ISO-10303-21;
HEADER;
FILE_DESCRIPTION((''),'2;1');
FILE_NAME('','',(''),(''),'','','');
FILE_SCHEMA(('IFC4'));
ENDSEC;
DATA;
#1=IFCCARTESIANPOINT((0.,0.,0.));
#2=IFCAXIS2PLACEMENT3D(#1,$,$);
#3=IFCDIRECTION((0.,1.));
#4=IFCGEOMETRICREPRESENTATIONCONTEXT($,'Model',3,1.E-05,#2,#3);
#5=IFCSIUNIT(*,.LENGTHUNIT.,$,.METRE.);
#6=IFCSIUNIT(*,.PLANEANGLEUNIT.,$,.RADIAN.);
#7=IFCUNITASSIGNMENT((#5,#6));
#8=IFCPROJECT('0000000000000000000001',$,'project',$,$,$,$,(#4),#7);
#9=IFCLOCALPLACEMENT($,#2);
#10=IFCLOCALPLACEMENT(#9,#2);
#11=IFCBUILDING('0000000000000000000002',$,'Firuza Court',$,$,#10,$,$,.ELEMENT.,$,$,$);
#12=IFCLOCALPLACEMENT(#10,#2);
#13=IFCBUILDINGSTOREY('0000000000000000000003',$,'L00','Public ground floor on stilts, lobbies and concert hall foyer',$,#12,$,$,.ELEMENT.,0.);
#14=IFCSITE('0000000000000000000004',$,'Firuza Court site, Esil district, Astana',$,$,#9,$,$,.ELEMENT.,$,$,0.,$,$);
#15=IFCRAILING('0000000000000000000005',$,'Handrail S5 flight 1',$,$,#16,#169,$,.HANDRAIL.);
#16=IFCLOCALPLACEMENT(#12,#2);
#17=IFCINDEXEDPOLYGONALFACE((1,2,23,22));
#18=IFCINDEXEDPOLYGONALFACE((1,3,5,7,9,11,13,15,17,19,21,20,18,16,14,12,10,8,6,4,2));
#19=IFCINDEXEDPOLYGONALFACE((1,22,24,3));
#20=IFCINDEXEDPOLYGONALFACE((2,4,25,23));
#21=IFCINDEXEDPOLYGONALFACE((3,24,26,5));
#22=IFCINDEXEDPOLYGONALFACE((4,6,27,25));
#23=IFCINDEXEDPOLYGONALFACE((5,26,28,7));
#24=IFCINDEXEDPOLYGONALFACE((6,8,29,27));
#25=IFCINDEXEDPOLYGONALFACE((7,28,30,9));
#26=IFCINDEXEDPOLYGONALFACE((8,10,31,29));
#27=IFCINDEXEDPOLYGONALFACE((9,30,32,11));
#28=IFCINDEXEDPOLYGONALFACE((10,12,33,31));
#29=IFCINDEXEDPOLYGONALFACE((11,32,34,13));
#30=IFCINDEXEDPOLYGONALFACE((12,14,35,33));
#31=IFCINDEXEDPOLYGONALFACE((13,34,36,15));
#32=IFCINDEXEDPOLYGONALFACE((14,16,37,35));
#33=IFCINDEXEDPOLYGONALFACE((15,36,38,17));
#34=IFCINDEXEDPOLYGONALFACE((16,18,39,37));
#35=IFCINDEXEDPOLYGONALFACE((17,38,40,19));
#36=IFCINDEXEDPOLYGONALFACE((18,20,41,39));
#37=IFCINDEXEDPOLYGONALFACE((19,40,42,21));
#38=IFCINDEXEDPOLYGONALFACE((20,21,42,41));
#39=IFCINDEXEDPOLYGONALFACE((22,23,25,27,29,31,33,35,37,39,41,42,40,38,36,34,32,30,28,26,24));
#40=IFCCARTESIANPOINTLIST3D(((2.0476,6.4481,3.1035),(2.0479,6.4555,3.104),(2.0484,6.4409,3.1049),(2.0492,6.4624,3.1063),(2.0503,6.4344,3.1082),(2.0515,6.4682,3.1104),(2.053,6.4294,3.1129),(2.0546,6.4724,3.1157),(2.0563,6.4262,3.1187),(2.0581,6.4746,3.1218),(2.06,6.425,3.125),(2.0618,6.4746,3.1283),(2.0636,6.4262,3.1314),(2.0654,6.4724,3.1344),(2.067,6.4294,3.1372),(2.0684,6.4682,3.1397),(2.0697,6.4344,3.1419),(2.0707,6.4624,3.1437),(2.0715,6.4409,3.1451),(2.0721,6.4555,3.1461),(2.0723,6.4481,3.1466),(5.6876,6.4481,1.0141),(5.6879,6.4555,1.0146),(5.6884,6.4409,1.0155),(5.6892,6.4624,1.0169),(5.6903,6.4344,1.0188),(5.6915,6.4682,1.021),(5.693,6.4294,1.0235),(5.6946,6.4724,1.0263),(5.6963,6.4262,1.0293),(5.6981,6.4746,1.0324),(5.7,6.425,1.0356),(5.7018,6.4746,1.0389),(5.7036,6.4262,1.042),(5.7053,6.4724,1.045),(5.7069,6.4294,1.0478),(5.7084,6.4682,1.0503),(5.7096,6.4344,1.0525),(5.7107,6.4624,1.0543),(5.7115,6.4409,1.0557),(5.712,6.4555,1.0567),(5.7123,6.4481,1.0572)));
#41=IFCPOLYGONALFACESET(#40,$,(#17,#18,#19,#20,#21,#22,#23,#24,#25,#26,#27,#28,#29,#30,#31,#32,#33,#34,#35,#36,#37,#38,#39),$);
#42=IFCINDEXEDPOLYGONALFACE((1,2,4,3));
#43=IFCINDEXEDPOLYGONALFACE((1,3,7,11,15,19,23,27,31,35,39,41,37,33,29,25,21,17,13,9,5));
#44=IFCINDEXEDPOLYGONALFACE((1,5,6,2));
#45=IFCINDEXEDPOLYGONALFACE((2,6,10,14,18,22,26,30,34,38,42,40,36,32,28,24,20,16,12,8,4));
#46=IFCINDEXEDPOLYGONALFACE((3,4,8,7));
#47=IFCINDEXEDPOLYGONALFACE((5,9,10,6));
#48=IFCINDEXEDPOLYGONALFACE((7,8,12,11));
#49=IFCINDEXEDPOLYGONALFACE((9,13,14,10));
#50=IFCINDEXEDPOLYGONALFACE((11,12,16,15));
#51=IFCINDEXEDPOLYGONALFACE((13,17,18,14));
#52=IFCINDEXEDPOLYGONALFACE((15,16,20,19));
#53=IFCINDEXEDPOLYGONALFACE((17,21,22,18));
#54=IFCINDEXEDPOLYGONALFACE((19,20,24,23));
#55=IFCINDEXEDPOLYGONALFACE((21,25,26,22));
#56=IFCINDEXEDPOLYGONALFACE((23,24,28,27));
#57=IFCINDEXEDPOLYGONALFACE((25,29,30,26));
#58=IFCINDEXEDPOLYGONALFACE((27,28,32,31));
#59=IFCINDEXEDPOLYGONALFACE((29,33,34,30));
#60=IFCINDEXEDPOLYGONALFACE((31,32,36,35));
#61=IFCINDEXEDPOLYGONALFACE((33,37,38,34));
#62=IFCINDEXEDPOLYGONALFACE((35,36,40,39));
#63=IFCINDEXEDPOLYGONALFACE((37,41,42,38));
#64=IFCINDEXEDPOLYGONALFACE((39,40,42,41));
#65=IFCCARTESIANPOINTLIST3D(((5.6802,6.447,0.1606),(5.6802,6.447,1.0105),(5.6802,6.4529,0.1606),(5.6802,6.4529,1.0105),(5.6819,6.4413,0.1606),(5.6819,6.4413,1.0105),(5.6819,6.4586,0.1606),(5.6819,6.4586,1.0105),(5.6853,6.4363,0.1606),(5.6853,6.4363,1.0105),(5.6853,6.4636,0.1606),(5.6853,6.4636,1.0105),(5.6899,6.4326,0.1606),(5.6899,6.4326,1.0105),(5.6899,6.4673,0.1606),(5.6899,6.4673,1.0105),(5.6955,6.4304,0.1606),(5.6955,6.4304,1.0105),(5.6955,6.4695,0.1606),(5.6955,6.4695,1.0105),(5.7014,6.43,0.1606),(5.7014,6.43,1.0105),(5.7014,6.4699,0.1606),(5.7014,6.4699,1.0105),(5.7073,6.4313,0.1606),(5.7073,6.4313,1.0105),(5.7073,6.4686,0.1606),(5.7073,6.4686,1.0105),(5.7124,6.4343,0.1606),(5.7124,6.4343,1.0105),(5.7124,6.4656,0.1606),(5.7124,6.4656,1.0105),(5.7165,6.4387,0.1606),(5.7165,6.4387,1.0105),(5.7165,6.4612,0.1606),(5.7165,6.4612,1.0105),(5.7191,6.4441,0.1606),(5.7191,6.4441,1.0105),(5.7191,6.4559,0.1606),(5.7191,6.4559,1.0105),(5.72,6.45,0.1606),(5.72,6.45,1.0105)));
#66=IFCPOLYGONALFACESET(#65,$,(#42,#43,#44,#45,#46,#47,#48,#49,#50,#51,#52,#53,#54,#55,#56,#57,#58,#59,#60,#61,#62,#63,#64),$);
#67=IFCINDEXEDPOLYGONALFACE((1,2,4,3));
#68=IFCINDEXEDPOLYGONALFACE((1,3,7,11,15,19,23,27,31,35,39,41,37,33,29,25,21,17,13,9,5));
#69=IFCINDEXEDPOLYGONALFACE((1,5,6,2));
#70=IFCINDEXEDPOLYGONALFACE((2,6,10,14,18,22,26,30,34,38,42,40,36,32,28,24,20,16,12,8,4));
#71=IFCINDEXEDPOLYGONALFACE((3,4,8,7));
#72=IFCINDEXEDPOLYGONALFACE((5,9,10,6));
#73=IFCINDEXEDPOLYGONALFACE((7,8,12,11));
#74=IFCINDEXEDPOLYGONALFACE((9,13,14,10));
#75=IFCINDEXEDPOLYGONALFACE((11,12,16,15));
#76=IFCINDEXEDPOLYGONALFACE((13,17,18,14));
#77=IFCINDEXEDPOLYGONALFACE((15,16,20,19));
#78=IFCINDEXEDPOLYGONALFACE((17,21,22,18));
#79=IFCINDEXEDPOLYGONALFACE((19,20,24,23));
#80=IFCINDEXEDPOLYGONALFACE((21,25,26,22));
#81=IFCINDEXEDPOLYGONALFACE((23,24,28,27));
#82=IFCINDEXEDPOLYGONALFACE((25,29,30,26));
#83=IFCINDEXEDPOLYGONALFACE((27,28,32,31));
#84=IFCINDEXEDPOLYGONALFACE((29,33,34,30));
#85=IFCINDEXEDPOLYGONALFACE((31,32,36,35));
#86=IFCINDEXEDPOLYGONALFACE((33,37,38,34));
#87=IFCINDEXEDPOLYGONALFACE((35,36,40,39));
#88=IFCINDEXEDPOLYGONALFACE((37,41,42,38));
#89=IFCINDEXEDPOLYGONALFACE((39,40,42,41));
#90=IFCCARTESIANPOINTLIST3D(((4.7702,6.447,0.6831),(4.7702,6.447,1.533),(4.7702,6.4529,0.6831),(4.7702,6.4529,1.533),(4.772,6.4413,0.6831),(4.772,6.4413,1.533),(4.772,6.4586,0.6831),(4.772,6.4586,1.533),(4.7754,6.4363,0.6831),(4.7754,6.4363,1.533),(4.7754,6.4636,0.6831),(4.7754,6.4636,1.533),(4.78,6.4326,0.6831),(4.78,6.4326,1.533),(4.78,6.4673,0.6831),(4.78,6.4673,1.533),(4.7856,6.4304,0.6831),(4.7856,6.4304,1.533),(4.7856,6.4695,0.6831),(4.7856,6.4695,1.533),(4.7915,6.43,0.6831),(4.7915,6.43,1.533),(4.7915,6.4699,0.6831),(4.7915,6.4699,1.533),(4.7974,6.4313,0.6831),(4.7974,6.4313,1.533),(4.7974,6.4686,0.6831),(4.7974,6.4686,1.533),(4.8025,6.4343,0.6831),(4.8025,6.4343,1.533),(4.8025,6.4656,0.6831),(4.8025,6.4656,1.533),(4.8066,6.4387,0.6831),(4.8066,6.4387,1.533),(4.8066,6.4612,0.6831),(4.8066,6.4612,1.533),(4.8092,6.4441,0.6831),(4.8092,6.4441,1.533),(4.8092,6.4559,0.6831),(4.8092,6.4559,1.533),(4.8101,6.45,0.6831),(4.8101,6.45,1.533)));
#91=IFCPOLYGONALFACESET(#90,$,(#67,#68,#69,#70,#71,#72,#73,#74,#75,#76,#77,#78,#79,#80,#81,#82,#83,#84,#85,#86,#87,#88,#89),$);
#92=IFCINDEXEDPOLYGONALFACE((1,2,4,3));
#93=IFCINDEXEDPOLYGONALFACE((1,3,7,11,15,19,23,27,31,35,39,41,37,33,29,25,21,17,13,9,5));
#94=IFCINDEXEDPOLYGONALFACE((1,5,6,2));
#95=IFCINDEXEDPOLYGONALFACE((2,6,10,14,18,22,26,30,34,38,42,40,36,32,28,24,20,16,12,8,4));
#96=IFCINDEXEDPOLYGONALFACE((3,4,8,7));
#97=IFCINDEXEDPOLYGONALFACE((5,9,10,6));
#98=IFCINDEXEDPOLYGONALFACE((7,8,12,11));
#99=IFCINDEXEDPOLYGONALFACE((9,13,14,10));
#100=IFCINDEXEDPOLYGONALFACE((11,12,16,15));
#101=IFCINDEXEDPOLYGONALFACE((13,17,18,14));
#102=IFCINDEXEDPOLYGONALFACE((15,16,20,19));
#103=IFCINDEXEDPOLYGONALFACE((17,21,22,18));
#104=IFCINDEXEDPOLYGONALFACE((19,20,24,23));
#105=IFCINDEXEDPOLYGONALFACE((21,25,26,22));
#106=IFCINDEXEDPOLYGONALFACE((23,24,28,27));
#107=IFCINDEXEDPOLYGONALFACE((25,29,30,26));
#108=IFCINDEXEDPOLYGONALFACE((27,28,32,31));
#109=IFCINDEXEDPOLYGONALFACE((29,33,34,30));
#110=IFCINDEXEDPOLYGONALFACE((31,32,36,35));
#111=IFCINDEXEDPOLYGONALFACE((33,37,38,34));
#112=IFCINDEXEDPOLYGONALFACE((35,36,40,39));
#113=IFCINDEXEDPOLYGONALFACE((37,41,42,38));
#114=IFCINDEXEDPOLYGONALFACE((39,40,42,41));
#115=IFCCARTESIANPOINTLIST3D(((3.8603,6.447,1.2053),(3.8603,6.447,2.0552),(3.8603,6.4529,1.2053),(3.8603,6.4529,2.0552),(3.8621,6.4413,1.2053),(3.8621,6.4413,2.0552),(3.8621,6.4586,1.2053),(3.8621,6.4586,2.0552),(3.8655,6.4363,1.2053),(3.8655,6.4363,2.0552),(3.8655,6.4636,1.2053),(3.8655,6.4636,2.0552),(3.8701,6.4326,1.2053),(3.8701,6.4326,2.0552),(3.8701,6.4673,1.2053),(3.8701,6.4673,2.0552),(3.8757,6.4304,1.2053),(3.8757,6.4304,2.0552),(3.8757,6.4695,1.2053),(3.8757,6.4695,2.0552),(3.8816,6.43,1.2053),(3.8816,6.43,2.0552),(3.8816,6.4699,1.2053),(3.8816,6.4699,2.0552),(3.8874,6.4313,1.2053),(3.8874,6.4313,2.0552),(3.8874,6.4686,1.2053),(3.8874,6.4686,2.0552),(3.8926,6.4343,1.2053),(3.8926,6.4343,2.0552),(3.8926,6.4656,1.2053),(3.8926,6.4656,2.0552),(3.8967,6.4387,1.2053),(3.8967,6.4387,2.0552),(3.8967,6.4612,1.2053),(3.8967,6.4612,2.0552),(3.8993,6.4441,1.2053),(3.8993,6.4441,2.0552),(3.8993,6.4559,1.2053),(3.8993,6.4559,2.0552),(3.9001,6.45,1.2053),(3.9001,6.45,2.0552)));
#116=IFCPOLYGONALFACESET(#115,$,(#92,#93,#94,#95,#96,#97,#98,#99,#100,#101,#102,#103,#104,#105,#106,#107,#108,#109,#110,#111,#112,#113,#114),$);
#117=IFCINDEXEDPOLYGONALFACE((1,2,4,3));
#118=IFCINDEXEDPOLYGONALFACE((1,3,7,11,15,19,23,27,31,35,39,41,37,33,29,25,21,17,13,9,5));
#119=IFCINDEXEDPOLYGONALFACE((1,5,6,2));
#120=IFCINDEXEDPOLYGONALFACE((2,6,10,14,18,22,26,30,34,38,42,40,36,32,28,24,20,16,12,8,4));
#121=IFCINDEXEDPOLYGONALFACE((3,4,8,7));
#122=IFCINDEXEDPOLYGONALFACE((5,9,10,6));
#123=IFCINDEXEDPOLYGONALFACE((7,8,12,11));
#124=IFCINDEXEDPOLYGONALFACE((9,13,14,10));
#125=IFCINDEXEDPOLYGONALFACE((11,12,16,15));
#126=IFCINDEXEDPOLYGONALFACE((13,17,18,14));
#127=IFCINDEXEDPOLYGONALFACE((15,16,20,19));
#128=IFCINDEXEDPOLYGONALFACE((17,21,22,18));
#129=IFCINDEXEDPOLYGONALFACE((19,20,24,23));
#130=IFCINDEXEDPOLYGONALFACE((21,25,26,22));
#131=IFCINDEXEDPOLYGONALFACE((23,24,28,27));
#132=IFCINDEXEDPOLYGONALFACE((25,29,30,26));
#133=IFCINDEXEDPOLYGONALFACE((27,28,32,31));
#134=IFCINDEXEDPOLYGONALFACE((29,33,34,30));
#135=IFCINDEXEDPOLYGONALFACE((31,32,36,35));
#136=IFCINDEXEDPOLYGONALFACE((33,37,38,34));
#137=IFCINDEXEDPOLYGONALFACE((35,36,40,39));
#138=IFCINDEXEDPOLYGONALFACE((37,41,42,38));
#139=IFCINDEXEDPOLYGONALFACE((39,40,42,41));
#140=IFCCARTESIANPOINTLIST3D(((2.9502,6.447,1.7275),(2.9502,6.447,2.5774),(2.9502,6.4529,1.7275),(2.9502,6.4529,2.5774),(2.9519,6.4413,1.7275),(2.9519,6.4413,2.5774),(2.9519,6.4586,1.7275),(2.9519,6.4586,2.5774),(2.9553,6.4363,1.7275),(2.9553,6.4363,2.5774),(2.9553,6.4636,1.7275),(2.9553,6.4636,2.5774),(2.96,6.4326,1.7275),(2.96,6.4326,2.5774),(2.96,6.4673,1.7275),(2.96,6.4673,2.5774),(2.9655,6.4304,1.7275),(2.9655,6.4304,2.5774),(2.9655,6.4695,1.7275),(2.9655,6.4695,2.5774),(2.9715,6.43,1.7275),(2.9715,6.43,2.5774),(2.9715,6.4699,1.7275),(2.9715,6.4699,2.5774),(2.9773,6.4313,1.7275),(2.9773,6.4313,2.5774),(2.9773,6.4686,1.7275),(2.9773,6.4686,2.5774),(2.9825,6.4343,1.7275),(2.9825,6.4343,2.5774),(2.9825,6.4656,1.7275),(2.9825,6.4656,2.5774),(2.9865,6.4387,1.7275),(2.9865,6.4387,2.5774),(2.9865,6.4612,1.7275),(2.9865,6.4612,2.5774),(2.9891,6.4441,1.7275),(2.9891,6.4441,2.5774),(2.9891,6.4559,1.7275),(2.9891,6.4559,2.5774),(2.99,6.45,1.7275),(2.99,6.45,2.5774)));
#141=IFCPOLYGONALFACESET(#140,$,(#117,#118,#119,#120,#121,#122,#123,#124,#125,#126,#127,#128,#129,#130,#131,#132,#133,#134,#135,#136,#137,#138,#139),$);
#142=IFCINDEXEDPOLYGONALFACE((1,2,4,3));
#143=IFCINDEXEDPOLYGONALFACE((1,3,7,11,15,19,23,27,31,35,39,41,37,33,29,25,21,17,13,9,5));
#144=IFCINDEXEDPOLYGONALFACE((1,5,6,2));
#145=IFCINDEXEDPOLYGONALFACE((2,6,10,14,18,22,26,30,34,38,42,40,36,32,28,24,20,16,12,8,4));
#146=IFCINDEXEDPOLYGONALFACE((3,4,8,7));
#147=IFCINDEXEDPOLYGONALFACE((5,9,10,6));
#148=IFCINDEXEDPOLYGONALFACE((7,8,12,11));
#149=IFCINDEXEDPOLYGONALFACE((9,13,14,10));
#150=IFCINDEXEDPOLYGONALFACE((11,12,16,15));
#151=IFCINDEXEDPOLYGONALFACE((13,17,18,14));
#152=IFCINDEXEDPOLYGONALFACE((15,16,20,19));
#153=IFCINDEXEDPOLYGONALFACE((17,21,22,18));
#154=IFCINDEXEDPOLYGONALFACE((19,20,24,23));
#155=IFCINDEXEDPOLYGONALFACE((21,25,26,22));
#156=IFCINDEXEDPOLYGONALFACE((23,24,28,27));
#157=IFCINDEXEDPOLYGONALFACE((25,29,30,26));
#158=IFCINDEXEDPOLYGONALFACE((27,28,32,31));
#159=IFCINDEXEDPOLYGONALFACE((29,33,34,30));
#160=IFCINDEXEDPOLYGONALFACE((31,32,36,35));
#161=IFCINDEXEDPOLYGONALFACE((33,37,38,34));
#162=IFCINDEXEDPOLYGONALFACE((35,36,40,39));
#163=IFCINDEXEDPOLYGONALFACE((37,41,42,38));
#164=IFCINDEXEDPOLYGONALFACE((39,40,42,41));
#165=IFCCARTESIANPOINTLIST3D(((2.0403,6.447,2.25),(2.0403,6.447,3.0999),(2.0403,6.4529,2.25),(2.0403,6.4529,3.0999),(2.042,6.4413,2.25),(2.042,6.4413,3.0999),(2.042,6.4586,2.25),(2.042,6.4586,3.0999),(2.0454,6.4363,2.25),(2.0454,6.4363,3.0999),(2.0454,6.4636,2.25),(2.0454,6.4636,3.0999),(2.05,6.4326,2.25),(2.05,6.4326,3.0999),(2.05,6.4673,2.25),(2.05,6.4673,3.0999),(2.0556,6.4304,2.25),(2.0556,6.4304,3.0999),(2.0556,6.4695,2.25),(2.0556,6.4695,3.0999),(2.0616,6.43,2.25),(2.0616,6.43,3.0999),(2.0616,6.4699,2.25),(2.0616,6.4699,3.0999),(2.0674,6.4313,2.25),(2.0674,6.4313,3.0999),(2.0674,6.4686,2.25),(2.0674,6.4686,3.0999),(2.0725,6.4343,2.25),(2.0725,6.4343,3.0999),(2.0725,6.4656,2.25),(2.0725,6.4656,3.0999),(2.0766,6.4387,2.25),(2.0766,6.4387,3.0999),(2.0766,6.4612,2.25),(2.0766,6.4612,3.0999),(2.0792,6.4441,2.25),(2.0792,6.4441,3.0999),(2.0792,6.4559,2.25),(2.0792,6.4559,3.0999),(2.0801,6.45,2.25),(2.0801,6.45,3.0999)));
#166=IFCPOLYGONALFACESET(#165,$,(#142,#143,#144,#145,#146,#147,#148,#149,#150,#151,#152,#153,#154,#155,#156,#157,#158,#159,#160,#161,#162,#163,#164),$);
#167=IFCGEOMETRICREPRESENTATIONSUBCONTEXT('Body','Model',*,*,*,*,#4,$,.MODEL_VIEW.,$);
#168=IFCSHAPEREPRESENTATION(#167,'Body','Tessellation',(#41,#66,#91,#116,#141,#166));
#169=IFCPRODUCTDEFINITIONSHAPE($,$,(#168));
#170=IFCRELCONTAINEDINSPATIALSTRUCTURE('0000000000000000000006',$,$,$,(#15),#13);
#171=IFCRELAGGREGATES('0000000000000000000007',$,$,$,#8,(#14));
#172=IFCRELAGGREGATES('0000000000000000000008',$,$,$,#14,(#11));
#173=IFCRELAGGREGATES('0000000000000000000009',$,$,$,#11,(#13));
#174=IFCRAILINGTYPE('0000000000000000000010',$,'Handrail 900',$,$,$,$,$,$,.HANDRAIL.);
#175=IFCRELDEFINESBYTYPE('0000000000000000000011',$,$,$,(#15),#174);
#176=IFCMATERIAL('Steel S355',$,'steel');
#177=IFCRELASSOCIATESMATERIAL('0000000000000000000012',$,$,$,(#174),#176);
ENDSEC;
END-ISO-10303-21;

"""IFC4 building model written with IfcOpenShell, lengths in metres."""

from ifc_helpers import new_model, si_unit, direction, frame, origin, origin_2d, place, context, subcontext, project, spatial, circle, extrude, material, type_object, element, save


model = new_model("IFC4")

# Units and contexts
model_context = context("Model", 3, precision=1e-05, world=origin(), true_north=direction((0.0, 1.0)))
body_context = subcontext(model_context, "Body", "Model", "MODEL_VIEW")
ifc_project = project(units=[si_unit("LENGTHUNIT", "METRE"), si_unit("PLANEANGLEUNIT", "RADIAN")], contexts=[model_context])

# Site, building, storey
site_placement = place(None, origin())
site = spatial("IfcSite", under=ifc_project, at=site_placement, Name="Firuza Court site, Esil district, Astana", CompositionType="ELEMENT", RefElevation=0.0)
building_placement = place(site_placement, origin())
building = spatial("IfcBuilding", under=site, at=building_placement, Name="Firuza Court", CompositionType="ELEMENT")
storey_placement = place(building_placement, origin())
storey = spatial("IfcBuildingStorey", under=building, at=storey_placement, Name="L00", Description="Public ground floor on stilts, lobbies and concert hall foyer", CompositionType="ELEMENT", Elevation=0.0)

# Railing
ifc_material_1 = material(Name="Steel S355", Category="steel")
railing_type_1 = type_object("IfcRailingType", Name="Handrail 900", PredefinedType="HANDRAIL", material=ifc_material_1)
railing_1_placement = place(storey_placement, frame((5.7, 6.45, 0.1606)))
element("IfcRailing", 1, at=railing_1_placement, inside=storey, type_object=railing_type_1, Name="Handrail S5 flight 1", PredefinedType="HANDRAIL", context=body_context, shape_type="SweptSolid", body=[
    extrude(circle(Radius=0.0249, at=origin_2d()), frame((0.0, 0.0, 0.875), z_axis=(-0.867275, 0.0, 0.497829), x_axis=(0.0, -1.0, 0.0)), (0.0, 0.0, 1.0), 4.197),
    extrude(circle(Radius=0.02, at=origin_2d()), origin(), (0.0, 0.0, 1.0), 0.8499),
    extrude(circle(Radius=0.02, at=origin_2d()), frame((-0.9099, 0.0, 0.5225)), (0.0, 0.0, 1.0), 0.8499),
    extrude(circle(Radius=0.02, at=origin_2d()), frame((-1.8198, 0.0, 1.0447)), (0.0, 0.0, 1.0), 0.8499),
    extrude(circle(Radius=0.02, at=origin_2d()), frame((-2.73, 0.0, 1.5669)), (0.0, 0.0, 1.0), 0.8499),
    extrude(circle(Radius=0.02, at=origin_2d()), frame((-3.6399, 0.0, 2.0894)), (0.0, 0.0, 1.0), 0.8499),
])

save(model, "model.ifc")
